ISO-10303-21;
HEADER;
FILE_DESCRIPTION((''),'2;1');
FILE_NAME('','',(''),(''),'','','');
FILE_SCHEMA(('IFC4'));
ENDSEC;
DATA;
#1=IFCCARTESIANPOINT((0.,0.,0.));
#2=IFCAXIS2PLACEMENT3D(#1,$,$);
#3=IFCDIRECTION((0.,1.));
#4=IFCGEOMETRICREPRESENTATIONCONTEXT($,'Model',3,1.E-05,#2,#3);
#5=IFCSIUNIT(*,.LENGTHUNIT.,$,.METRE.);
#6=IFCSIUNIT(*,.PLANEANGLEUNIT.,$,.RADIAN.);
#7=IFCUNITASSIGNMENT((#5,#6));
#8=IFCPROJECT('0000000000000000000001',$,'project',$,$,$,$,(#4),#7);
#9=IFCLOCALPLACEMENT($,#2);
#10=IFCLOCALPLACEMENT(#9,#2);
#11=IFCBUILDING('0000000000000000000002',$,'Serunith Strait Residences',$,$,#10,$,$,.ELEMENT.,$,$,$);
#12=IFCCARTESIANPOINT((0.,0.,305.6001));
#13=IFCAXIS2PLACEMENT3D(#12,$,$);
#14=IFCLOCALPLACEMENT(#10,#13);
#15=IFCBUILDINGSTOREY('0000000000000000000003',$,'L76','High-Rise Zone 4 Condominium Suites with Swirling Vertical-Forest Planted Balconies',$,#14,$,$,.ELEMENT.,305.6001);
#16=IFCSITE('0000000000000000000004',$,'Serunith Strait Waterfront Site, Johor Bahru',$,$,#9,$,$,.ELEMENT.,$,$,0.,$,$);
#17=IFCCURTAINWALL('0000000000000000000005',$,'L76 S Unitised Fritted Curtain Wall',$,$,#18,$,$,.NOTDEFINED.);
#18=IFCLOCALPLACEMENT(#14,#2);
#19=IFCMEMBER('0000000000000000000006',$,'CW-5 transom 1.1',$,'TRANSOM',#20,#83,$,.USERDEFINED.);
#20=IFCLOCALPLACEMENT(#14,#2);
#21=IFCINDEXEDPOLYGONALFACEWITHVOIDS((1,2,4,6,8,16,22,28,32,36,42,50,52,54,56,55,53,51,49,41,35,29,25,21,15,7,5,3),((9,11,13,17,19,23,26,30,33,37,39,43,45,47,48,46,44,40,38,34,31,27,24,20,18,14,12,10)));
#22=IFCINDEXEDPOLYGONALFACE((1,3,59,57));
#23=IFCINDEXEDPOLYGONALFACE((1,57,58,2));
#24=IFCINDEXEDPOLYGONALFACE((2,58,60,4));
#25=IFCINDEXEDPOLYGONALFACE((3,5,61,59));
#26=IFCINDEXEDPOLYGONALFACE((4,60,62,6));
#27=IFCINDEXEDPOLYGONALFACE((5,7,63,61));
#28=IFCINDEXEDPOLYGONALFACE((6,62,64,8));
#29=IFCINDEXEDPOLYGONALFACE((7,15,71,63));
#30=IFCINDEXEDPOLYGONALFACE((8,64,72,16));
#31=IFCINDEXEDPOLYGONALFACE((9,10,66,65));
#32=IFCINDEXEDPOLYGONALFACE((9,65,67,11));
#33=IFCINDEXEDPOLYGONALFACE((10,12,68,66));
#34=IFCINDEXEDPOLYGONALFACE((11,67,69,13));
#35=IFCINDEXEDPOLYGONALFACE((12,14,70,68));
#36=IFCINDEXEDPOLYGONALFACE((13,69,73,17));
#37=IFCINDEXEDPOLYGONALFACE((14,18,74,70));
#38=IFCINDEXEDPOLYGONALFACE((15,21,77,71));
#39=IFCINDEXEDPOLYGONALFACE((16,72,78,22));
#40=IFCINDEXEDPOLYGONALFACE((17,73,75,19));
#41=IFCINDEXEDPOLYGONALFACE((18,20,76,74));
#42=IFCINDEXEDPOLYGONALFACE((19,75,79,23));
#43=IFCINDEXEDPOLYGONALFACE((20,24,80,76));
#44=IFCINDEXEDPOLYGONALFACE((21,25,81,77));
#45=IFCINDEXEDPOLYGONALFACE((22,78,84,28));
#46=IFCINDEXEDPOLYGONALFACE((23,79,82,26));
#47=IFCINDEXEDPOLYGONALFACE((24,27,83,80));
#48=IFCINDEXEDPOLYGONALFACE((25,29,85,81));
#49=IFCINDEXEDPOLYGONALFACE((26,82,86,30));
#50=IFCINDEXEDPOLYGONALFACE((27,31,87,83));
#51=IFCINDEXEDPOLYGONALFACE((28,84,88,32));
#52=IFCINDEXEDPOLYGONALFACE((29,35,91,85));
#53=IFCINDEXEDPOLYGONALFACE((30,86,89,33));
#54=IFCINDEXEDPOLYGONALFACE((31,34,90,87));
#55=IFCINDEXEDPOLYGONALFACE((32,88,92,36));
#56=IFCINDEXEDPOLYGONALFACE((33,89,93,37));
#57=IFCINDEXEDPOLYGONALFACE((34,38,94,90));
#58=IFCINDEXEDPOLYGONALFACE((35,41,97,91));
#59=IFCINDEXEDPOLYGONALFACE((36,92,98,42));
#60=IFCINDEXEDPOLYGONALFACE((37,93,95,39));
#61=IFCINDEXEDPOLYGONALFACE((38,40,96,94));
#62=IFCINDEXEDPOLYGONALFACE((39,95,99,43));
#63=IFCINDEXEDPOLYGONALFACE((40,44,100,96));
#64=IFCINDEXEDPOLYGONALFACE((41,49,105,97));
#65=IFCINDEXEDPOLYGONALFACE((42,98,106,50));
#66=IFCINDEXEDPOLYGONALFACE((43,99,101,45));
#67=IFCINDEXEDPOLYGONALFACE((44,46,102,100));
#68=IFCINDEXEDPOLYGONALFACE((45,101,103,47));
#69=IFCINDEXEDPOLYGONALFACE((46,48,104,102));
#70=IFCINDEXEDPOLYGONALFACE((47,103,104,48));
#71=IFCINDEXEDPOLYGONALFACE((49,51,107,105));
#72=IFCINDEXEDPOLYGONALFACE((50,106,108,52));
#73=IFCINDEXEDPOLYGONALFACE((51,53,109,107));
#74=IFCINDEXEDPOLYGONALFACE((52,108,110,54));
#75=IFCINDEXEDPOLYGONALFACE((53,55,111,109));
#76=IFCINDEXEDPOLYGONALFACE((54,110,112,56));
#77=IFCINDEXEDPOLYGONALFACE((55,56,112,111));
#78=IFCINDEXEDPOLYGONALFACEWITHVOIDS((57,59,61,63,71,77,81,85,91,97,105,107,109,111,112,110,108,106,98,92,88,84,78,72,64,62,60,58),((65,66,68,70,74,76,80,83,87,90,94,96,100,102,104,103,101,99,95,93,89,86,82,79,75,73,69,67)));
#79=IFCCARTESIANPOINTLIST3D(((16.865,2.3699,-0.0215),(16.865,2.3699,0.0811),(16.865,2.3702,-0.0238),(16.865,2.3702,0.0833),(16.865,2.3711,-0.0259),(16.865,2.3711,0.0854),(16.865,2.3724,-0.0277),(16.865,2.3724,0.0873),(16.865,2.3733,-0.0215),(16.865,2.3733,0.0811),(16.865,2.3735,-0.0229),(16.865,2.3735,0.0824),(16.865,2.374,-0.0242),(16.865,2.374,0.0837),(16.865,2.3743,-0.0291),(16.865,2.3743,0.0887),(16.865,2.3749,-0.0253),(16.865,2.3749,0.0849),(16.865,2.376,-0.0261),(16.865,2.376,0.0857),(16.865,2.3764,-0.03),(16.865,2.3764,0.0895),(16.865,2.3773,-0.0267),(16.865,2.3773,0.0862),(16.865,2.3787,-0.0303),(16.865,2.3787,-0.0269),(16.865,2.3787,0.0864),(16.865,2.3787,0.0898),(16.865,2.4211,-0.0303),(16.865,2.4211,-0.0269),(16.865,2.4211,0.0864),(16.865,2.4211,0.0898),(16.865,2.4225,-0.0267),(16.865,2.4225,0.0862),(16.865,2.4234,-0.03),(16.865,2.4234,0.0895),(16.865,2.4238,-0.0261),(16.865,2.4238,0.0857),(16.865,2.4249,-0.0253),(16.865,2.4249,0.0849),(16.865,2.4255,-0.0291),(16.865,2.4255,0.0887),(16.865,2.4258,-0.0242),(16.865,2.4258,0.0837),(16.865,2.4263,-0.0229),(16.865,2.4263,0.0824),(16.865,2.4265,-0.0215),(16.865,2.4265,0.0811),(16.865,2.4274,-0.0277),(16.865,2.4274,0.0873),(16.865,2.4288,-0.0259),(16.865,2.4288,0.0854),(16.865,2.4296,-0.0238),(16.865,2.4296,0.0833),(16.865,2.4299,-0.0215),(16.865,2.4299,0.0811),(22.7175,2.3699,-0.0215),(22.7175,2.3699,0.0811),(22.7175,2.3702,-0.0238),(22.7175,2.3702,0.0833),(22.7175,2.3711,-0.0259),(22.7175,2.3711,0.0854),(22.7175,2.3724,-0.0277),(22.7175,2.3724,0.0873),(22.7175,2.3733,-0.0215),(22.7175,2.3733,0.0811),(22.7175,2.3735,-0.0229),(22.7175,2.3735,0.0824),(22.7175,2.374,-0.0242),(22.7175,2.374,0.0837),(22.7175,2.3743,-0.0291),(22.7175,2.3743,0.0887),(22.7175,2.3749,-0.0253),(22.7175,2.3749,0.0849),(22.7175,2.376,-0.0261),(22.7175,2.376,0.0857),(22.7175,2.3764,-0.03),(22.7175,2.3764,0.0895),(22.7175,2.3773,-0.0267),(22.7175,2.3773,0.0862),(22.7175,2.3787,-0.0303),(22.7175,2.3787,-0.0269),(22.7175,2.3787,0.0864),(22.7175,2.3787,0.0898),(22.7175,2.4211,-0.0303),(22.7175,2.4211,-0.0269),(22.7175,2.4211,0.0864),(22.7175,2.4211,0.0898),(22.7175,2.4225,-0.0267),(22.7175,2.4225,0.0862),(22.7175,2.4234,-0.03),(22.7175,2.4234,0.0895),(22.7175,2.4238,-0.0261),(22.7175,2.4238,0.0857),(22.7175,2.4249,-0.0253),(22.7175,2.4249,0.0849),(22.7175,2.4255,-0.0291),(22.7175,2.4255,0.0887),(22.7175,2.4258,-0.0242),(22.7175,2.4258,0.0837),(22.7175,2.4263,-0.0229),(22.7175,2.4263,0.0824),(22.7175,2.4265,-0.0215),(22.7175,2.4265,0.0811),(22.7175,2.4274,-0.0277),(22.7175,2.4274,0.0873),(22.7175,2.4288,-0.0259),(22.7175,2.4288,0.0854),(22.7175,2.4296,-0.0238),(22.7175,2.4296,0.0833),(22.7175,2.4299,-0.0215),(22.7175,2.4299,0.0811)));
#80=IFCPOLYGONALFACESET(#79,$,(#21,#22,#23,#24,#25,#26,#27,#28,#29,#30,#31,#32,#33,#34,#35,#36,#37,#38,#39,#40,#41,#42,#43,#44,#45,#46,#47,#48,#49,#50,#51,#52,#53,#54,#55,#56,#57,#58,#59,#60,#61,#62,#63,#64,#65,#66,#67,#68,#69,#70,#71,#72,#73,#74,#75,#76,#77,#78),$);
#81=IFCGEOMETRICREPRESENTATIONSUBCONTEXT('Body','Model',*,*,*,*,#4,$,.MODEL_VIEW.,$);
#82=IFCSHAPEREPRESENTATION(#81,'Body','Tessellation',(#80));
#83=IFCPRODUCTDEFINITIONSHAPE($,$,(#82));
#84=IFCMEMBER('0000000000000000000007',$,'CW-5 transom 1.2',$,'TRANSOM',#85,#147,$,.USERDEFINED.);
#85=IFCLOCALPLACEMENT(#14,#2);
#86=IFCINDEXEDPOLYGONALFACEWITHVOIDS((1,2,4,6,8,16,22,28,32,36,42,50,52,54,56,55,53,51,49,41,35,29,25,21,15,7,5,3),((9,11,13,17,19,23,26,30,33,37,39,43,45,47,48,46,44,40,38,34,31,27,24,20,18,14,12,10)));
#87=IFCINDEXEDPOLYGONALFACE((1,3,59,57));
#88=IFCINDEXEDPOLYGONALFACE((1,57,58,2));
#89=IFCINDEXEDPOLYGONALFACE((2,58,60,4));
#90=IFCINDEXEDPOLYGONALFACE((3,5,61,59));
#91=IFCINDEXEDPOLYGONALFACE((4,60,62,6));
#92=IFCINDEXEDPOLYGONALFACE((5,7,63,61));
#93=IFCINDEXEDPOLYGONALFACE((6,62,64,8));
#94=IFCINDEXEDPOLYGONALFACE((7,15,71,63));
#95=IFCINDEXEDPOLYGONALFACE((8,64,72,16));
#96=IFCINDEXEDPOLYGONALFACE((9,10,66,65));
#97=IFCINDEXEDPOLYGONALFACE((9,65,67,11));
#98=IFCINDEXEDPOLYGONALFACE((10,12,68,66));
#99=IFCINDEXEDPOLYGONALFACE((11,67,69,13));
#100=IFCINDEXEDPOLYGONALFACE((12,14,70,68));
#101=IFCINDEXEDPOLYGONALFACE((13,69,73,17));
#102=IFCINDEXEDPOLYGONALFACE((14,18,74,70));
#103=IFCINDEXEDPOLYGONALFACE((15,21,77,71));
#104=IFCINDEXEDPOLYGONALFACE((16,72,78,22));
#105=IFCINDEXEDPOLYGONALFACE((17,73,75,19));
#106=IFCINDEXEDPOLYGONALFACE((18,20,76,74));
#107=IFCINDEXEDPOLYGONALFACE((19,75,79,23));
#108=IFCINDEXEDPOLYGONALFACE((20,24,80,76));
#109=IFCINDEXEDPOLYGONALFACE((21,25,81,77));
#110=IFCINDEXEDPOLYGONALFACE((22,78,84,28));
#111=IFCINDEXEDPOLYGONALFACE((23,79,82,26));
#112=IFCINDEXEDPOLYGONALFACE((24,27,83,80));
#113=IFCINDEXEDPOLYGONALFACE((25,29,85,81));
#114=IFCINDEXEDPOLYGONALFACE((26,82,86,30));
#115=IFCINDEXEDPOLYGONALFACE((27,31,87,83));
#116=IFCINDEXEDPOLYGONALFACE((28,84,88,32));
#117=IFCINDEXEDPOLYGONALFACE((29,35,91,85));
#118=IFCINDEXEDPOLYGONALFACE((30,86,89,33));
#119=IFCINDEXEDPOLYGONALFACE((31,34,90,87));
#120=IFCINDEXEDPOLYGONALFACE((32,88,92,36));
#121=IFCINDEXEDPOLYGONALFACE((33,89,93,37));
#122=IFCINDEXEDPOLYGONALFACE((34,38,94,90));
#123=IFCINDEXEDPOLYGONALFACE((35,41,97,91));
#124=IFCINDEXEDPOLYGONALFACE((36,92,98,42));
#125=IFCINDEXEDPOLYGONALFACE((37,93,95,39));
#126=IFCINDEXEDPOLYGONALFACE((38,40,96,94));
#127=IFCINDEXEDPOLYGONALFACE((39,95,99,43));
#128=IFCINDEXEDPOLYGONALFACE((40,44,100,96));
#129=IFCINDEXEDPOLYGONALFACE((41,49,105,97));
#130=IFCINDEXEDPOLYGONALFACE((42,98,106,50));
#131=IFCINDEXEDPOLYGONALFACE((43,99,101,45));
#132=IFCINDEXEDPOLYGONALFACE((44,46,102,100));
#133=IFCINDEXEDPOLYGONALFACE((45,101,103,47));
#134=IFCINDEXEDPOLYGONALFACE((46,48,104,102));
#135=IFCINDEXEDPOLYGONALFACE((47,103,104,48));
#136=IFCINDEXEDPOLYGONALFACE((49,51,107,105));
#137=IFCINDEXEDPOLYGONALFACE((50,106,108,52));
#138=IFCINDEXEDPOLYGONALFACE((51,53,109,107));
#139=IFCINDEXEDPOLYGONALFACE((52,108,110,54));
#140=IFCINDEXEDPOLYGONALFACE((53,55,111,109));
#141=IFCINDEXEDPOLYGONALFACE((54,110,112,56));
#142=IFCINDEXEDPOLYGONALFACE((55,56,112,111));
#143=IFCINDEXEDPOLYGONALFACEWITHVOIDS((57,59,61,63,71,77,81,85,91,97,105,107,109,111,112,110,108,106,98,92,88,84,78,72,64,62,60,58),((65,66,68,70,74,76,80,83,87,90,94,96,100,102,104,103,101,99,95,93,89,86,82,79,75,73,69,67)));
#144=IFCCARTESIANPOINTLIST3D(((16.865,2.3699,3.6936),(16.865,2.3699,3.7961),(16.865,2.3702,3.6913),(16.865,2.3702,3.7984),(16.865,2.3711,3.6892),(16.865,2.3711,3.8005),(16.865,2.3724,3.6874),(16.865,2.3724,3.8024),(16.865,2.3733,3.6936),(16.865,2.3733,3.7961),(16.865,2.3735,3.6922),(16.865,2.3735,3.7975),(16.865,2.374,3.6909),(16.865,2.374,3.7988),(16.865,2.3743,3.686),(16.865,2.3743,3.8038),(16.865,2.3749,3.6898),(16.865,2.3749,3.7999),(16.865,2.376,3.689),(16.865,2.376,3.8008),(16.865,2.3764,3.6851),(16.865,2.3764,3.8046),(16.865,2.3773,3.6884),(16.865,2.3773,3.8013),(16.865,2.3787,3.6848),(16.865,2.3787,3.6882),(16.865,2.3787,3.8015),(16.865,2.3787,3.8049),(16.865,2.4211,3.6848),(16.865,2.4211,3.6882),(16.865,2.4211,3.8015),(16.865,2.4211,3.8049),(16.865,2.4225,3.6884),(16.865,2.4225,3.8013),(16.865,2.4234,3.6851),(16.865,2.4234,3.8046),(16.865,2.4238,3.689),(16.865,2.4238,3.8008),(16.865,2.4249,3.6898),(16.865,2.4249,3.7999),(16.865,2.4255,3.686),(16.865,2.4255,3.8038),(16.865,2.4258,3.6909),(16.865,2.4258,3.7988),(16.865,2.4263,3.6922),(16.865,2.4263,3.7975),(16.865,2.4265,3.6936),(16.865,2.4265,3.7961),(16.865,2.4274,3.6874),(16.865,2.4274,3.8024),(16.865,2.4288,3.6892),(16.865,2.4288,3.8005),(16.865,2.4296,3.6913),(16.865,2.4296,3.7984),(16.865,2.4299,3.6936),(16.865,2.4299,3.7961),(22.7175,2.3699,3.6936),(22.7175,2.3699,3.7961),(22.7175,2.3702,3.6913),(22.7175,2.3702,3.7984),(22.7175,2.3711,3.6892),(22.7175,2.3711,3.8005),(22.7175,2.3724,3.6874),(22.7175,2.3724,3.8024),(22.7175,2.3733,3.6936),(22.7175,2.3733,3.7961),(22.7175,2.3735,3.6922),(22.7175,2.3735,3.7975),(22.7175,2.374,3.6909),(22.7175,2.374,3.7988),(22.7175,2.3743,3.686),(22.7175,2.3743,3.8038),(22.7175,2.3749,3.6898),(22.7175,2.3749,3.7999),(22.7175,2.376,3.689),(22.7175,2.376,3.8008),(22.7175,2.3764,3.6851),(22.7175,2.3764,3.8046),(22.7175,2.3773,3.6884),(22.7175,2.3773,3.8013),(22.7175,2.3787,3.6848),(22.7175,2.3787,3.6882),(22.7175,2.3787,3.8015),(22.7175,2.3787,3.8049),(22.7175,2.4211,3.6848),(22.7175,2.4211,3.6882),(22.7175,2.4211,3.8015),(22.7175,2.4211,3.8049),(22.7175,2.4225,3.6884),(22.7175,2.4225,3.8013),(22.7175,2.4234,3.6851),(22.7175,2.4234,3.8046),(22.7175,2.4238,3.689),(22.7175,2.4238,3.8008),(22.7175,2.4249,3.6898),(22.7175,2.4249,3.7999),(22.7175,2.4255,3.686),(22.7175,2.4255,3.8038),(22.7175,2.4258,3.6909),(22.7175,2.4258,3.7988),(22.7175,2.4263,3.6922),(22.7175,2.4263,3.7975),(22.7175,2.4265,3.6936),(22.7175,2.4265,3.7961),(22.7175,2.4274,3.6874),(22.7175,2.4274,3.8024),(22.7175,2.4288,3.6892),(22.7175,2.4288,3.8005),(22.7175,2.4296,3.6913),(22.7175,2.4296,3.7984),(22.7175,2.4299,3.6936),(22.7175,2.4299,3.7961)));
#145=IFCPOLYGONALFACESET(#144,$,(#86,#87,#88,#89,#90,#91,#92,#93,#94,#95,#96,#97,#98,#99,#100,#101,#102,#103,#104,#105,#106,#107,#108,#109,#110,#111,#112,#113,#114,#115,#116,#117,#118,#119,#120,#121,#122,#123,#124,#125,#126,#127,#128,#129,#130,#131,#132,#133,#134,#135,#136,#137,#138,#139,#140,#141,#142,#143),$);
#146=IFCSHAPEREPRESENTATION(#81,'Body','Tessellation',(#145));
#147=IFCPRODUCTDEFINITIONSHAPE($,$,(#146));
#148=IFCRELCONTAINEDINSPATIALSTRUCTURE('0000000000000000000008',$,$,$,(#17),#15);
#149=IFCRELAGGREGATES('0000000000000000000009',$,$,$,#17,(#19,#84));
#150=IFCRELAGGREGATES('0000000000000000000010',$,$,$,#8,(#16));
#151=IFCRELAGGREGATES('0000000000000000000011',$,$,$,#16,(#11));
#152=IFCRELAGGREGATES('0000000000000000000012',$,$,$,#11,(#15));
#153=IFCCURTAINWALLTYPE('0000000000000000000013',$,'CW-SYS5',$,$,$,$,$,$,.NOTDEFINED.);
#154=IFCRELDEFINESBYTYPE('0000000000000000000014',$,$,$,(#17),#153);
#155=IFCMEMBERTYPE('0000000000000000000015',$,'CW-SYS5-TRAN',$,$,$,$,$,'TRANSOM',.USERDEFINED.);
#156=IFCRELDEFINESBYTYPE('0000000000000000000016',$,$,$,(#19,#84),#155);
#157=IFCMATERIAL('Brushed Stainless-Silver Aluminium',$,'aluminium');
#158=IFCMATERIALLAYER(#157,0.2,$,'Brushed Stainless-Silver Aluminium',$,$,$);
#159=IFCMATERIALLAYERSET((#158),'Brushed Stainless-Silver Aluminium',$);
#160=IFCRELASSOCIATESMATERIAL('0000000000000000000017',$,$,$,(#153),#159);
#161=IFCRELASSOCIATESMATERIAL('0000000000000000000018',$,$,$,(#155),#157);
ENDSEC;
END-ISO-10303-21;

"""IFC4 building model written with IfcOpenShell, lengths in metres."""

from ifc_helpers import new_model, si_unit, direction, frame, origin, origin_2d, place, context, subcontext, project, spatial, hollow_rectangle, extrude, source, transform, mapped, material, layer, layer_set, material_profile, profile_set, type_object, element, aggregate, save


model = new_model("IFC4")

# Units and contexts
model_context = context("Model", 3, precision=1e-05, world=origin(), true_north=direction((0.0, 1.0)))
body_context = subcontext(model_context, "Body", "Model", "MODEL_VIEW")
ifc_project = project(units=[si_unit("LENGTHUNIT", "METRE"), si_unit("PLANEANGLEUNIT", "RADIAN")], contexts=[model_context])

# Site, building, storey
site_placement = place(None, origin())
site = spatial("IfcSite", under=ifc_project, at=site_placement, Name="Serunith Strait Waterfront Site, Johor Bahru", CompositionType="ELEMENT", RefElevation=0.0)
building_placement = place(site_placement, origin())
building = spatial("IfcBuilding", under=site, at=building_placement, Name="Serunith Strait Residences", CompositionType="ELEMENT")
storey_placement = place(building_placement, frame((0.0, 0.0, 305.6001)))
storey = spatial("IfcBuildingStorey", under=building, at=storey_placement, Name="L76", Description="High-Rise Zone 4 Condominium Suites with Swirling Vertical-Forest Planted Balconies", CompositionType="ELEMENT", Elevation=305.6001)

# Curtain wall, members
ifc_material_1 = material(Name="Brushed Stainless-Silver Aluminium", Category="aluminium")
ifc_layer_1 = layer(ifc_material_1, 0.2, Name="Brushed Stainless-Silver Aluminium")
ifc_layer_set_1 = layer_set([ifc_layer_1], Name="Brushed Stainless-Silver Aluminium")
curtain_wall_type = type_object("IfcCurtainWallType", Name="CW-SYS5", PredefinedType="NOTDEFINED", material=ifc_layer_set_1)
curtain_wall_placement = place(storey_placement, origin())
curtain_wall = element("IfcCurtainWall", 1, at=curtain_wall_placement, inside=storey, type_object=curtain_wall_type, Name="L76 S Unitised Fritted Curtain Wall", PredefinedType="NOTDEFINED")
ifc_material_profile_1 = material_profile(ifc_material_1, hollow_rectangle(XDim=0.0601, YDim=0.1201, WallThickness=0.0034, InnerFilletRadius=0.0054, OuterFilletRadius=0.0088, at=origin_2d()), Name="ALU 120x60x3.5")
ifc_profile_set_1 = profile_set([ifc_material_profile_1], Name="Brushed Stainless-Silver Aluminium")
member_type_1 = type_object("IfcMemberType", Name="CW-SYS5-TRAN", ElementType="TRANSOM", PredefinedType="USERDEFINED", material=ifc_profile_set_1)
shared_shape_1 = source(origin(), body_context, "Body", "SweptSolid", [
    extrude(hollow_rectangle(XDim=0.0601, YDim=0.1201, WallThickness=0.0034, InnerFilletRadius=0.0054, OuterFilletRadius=0.0088, at=origin_2d()), origin(), (0.0, 0.0, 1.0), 5.8525),
])
member_1_placement = place(storey_placement, frame((16.865, 2.3999, 0.0298), z_axis=(1.0, 0.0, 0.0), x_axis=(0.0, 1.0, 0.0)))
member_1 = element("IfcMember", 2, at=member_1_placement, type_object=member_type_1, Name="CW-5 transom 1.1", ObjectType="TRANSOM", PredefinedType="USERDEFINED", context=body_context, shape_type="MappedRepresentation", body=[
    mapped(shared_shape_1, transform((0.0, 0.0, 0.0), scale=1.0)),
])
member_2_placement = place(storey_placement, frame((16.865, 2.3999, 3.7449), z_axis=(1.0, 0.0, 0.0), x_axis=(0.0, 1.0, 0.0)))
member_2 = element("IfcMember", 3, at=member_2_placement, type_object=member_type_1, Name="CW-5 transom 1.2", ObjectType="TRANSOM", PredefinedType="USERDEFINED", context=body_context, shape_type="MappedRepresentation", body=[
    mapped(shared_shape_1, transform((0.0, 0.0, 0.0), scale=1.0)),
])
aggregate(curtain_wall, [member_1, member_2])

save(model, "model.ifc")
